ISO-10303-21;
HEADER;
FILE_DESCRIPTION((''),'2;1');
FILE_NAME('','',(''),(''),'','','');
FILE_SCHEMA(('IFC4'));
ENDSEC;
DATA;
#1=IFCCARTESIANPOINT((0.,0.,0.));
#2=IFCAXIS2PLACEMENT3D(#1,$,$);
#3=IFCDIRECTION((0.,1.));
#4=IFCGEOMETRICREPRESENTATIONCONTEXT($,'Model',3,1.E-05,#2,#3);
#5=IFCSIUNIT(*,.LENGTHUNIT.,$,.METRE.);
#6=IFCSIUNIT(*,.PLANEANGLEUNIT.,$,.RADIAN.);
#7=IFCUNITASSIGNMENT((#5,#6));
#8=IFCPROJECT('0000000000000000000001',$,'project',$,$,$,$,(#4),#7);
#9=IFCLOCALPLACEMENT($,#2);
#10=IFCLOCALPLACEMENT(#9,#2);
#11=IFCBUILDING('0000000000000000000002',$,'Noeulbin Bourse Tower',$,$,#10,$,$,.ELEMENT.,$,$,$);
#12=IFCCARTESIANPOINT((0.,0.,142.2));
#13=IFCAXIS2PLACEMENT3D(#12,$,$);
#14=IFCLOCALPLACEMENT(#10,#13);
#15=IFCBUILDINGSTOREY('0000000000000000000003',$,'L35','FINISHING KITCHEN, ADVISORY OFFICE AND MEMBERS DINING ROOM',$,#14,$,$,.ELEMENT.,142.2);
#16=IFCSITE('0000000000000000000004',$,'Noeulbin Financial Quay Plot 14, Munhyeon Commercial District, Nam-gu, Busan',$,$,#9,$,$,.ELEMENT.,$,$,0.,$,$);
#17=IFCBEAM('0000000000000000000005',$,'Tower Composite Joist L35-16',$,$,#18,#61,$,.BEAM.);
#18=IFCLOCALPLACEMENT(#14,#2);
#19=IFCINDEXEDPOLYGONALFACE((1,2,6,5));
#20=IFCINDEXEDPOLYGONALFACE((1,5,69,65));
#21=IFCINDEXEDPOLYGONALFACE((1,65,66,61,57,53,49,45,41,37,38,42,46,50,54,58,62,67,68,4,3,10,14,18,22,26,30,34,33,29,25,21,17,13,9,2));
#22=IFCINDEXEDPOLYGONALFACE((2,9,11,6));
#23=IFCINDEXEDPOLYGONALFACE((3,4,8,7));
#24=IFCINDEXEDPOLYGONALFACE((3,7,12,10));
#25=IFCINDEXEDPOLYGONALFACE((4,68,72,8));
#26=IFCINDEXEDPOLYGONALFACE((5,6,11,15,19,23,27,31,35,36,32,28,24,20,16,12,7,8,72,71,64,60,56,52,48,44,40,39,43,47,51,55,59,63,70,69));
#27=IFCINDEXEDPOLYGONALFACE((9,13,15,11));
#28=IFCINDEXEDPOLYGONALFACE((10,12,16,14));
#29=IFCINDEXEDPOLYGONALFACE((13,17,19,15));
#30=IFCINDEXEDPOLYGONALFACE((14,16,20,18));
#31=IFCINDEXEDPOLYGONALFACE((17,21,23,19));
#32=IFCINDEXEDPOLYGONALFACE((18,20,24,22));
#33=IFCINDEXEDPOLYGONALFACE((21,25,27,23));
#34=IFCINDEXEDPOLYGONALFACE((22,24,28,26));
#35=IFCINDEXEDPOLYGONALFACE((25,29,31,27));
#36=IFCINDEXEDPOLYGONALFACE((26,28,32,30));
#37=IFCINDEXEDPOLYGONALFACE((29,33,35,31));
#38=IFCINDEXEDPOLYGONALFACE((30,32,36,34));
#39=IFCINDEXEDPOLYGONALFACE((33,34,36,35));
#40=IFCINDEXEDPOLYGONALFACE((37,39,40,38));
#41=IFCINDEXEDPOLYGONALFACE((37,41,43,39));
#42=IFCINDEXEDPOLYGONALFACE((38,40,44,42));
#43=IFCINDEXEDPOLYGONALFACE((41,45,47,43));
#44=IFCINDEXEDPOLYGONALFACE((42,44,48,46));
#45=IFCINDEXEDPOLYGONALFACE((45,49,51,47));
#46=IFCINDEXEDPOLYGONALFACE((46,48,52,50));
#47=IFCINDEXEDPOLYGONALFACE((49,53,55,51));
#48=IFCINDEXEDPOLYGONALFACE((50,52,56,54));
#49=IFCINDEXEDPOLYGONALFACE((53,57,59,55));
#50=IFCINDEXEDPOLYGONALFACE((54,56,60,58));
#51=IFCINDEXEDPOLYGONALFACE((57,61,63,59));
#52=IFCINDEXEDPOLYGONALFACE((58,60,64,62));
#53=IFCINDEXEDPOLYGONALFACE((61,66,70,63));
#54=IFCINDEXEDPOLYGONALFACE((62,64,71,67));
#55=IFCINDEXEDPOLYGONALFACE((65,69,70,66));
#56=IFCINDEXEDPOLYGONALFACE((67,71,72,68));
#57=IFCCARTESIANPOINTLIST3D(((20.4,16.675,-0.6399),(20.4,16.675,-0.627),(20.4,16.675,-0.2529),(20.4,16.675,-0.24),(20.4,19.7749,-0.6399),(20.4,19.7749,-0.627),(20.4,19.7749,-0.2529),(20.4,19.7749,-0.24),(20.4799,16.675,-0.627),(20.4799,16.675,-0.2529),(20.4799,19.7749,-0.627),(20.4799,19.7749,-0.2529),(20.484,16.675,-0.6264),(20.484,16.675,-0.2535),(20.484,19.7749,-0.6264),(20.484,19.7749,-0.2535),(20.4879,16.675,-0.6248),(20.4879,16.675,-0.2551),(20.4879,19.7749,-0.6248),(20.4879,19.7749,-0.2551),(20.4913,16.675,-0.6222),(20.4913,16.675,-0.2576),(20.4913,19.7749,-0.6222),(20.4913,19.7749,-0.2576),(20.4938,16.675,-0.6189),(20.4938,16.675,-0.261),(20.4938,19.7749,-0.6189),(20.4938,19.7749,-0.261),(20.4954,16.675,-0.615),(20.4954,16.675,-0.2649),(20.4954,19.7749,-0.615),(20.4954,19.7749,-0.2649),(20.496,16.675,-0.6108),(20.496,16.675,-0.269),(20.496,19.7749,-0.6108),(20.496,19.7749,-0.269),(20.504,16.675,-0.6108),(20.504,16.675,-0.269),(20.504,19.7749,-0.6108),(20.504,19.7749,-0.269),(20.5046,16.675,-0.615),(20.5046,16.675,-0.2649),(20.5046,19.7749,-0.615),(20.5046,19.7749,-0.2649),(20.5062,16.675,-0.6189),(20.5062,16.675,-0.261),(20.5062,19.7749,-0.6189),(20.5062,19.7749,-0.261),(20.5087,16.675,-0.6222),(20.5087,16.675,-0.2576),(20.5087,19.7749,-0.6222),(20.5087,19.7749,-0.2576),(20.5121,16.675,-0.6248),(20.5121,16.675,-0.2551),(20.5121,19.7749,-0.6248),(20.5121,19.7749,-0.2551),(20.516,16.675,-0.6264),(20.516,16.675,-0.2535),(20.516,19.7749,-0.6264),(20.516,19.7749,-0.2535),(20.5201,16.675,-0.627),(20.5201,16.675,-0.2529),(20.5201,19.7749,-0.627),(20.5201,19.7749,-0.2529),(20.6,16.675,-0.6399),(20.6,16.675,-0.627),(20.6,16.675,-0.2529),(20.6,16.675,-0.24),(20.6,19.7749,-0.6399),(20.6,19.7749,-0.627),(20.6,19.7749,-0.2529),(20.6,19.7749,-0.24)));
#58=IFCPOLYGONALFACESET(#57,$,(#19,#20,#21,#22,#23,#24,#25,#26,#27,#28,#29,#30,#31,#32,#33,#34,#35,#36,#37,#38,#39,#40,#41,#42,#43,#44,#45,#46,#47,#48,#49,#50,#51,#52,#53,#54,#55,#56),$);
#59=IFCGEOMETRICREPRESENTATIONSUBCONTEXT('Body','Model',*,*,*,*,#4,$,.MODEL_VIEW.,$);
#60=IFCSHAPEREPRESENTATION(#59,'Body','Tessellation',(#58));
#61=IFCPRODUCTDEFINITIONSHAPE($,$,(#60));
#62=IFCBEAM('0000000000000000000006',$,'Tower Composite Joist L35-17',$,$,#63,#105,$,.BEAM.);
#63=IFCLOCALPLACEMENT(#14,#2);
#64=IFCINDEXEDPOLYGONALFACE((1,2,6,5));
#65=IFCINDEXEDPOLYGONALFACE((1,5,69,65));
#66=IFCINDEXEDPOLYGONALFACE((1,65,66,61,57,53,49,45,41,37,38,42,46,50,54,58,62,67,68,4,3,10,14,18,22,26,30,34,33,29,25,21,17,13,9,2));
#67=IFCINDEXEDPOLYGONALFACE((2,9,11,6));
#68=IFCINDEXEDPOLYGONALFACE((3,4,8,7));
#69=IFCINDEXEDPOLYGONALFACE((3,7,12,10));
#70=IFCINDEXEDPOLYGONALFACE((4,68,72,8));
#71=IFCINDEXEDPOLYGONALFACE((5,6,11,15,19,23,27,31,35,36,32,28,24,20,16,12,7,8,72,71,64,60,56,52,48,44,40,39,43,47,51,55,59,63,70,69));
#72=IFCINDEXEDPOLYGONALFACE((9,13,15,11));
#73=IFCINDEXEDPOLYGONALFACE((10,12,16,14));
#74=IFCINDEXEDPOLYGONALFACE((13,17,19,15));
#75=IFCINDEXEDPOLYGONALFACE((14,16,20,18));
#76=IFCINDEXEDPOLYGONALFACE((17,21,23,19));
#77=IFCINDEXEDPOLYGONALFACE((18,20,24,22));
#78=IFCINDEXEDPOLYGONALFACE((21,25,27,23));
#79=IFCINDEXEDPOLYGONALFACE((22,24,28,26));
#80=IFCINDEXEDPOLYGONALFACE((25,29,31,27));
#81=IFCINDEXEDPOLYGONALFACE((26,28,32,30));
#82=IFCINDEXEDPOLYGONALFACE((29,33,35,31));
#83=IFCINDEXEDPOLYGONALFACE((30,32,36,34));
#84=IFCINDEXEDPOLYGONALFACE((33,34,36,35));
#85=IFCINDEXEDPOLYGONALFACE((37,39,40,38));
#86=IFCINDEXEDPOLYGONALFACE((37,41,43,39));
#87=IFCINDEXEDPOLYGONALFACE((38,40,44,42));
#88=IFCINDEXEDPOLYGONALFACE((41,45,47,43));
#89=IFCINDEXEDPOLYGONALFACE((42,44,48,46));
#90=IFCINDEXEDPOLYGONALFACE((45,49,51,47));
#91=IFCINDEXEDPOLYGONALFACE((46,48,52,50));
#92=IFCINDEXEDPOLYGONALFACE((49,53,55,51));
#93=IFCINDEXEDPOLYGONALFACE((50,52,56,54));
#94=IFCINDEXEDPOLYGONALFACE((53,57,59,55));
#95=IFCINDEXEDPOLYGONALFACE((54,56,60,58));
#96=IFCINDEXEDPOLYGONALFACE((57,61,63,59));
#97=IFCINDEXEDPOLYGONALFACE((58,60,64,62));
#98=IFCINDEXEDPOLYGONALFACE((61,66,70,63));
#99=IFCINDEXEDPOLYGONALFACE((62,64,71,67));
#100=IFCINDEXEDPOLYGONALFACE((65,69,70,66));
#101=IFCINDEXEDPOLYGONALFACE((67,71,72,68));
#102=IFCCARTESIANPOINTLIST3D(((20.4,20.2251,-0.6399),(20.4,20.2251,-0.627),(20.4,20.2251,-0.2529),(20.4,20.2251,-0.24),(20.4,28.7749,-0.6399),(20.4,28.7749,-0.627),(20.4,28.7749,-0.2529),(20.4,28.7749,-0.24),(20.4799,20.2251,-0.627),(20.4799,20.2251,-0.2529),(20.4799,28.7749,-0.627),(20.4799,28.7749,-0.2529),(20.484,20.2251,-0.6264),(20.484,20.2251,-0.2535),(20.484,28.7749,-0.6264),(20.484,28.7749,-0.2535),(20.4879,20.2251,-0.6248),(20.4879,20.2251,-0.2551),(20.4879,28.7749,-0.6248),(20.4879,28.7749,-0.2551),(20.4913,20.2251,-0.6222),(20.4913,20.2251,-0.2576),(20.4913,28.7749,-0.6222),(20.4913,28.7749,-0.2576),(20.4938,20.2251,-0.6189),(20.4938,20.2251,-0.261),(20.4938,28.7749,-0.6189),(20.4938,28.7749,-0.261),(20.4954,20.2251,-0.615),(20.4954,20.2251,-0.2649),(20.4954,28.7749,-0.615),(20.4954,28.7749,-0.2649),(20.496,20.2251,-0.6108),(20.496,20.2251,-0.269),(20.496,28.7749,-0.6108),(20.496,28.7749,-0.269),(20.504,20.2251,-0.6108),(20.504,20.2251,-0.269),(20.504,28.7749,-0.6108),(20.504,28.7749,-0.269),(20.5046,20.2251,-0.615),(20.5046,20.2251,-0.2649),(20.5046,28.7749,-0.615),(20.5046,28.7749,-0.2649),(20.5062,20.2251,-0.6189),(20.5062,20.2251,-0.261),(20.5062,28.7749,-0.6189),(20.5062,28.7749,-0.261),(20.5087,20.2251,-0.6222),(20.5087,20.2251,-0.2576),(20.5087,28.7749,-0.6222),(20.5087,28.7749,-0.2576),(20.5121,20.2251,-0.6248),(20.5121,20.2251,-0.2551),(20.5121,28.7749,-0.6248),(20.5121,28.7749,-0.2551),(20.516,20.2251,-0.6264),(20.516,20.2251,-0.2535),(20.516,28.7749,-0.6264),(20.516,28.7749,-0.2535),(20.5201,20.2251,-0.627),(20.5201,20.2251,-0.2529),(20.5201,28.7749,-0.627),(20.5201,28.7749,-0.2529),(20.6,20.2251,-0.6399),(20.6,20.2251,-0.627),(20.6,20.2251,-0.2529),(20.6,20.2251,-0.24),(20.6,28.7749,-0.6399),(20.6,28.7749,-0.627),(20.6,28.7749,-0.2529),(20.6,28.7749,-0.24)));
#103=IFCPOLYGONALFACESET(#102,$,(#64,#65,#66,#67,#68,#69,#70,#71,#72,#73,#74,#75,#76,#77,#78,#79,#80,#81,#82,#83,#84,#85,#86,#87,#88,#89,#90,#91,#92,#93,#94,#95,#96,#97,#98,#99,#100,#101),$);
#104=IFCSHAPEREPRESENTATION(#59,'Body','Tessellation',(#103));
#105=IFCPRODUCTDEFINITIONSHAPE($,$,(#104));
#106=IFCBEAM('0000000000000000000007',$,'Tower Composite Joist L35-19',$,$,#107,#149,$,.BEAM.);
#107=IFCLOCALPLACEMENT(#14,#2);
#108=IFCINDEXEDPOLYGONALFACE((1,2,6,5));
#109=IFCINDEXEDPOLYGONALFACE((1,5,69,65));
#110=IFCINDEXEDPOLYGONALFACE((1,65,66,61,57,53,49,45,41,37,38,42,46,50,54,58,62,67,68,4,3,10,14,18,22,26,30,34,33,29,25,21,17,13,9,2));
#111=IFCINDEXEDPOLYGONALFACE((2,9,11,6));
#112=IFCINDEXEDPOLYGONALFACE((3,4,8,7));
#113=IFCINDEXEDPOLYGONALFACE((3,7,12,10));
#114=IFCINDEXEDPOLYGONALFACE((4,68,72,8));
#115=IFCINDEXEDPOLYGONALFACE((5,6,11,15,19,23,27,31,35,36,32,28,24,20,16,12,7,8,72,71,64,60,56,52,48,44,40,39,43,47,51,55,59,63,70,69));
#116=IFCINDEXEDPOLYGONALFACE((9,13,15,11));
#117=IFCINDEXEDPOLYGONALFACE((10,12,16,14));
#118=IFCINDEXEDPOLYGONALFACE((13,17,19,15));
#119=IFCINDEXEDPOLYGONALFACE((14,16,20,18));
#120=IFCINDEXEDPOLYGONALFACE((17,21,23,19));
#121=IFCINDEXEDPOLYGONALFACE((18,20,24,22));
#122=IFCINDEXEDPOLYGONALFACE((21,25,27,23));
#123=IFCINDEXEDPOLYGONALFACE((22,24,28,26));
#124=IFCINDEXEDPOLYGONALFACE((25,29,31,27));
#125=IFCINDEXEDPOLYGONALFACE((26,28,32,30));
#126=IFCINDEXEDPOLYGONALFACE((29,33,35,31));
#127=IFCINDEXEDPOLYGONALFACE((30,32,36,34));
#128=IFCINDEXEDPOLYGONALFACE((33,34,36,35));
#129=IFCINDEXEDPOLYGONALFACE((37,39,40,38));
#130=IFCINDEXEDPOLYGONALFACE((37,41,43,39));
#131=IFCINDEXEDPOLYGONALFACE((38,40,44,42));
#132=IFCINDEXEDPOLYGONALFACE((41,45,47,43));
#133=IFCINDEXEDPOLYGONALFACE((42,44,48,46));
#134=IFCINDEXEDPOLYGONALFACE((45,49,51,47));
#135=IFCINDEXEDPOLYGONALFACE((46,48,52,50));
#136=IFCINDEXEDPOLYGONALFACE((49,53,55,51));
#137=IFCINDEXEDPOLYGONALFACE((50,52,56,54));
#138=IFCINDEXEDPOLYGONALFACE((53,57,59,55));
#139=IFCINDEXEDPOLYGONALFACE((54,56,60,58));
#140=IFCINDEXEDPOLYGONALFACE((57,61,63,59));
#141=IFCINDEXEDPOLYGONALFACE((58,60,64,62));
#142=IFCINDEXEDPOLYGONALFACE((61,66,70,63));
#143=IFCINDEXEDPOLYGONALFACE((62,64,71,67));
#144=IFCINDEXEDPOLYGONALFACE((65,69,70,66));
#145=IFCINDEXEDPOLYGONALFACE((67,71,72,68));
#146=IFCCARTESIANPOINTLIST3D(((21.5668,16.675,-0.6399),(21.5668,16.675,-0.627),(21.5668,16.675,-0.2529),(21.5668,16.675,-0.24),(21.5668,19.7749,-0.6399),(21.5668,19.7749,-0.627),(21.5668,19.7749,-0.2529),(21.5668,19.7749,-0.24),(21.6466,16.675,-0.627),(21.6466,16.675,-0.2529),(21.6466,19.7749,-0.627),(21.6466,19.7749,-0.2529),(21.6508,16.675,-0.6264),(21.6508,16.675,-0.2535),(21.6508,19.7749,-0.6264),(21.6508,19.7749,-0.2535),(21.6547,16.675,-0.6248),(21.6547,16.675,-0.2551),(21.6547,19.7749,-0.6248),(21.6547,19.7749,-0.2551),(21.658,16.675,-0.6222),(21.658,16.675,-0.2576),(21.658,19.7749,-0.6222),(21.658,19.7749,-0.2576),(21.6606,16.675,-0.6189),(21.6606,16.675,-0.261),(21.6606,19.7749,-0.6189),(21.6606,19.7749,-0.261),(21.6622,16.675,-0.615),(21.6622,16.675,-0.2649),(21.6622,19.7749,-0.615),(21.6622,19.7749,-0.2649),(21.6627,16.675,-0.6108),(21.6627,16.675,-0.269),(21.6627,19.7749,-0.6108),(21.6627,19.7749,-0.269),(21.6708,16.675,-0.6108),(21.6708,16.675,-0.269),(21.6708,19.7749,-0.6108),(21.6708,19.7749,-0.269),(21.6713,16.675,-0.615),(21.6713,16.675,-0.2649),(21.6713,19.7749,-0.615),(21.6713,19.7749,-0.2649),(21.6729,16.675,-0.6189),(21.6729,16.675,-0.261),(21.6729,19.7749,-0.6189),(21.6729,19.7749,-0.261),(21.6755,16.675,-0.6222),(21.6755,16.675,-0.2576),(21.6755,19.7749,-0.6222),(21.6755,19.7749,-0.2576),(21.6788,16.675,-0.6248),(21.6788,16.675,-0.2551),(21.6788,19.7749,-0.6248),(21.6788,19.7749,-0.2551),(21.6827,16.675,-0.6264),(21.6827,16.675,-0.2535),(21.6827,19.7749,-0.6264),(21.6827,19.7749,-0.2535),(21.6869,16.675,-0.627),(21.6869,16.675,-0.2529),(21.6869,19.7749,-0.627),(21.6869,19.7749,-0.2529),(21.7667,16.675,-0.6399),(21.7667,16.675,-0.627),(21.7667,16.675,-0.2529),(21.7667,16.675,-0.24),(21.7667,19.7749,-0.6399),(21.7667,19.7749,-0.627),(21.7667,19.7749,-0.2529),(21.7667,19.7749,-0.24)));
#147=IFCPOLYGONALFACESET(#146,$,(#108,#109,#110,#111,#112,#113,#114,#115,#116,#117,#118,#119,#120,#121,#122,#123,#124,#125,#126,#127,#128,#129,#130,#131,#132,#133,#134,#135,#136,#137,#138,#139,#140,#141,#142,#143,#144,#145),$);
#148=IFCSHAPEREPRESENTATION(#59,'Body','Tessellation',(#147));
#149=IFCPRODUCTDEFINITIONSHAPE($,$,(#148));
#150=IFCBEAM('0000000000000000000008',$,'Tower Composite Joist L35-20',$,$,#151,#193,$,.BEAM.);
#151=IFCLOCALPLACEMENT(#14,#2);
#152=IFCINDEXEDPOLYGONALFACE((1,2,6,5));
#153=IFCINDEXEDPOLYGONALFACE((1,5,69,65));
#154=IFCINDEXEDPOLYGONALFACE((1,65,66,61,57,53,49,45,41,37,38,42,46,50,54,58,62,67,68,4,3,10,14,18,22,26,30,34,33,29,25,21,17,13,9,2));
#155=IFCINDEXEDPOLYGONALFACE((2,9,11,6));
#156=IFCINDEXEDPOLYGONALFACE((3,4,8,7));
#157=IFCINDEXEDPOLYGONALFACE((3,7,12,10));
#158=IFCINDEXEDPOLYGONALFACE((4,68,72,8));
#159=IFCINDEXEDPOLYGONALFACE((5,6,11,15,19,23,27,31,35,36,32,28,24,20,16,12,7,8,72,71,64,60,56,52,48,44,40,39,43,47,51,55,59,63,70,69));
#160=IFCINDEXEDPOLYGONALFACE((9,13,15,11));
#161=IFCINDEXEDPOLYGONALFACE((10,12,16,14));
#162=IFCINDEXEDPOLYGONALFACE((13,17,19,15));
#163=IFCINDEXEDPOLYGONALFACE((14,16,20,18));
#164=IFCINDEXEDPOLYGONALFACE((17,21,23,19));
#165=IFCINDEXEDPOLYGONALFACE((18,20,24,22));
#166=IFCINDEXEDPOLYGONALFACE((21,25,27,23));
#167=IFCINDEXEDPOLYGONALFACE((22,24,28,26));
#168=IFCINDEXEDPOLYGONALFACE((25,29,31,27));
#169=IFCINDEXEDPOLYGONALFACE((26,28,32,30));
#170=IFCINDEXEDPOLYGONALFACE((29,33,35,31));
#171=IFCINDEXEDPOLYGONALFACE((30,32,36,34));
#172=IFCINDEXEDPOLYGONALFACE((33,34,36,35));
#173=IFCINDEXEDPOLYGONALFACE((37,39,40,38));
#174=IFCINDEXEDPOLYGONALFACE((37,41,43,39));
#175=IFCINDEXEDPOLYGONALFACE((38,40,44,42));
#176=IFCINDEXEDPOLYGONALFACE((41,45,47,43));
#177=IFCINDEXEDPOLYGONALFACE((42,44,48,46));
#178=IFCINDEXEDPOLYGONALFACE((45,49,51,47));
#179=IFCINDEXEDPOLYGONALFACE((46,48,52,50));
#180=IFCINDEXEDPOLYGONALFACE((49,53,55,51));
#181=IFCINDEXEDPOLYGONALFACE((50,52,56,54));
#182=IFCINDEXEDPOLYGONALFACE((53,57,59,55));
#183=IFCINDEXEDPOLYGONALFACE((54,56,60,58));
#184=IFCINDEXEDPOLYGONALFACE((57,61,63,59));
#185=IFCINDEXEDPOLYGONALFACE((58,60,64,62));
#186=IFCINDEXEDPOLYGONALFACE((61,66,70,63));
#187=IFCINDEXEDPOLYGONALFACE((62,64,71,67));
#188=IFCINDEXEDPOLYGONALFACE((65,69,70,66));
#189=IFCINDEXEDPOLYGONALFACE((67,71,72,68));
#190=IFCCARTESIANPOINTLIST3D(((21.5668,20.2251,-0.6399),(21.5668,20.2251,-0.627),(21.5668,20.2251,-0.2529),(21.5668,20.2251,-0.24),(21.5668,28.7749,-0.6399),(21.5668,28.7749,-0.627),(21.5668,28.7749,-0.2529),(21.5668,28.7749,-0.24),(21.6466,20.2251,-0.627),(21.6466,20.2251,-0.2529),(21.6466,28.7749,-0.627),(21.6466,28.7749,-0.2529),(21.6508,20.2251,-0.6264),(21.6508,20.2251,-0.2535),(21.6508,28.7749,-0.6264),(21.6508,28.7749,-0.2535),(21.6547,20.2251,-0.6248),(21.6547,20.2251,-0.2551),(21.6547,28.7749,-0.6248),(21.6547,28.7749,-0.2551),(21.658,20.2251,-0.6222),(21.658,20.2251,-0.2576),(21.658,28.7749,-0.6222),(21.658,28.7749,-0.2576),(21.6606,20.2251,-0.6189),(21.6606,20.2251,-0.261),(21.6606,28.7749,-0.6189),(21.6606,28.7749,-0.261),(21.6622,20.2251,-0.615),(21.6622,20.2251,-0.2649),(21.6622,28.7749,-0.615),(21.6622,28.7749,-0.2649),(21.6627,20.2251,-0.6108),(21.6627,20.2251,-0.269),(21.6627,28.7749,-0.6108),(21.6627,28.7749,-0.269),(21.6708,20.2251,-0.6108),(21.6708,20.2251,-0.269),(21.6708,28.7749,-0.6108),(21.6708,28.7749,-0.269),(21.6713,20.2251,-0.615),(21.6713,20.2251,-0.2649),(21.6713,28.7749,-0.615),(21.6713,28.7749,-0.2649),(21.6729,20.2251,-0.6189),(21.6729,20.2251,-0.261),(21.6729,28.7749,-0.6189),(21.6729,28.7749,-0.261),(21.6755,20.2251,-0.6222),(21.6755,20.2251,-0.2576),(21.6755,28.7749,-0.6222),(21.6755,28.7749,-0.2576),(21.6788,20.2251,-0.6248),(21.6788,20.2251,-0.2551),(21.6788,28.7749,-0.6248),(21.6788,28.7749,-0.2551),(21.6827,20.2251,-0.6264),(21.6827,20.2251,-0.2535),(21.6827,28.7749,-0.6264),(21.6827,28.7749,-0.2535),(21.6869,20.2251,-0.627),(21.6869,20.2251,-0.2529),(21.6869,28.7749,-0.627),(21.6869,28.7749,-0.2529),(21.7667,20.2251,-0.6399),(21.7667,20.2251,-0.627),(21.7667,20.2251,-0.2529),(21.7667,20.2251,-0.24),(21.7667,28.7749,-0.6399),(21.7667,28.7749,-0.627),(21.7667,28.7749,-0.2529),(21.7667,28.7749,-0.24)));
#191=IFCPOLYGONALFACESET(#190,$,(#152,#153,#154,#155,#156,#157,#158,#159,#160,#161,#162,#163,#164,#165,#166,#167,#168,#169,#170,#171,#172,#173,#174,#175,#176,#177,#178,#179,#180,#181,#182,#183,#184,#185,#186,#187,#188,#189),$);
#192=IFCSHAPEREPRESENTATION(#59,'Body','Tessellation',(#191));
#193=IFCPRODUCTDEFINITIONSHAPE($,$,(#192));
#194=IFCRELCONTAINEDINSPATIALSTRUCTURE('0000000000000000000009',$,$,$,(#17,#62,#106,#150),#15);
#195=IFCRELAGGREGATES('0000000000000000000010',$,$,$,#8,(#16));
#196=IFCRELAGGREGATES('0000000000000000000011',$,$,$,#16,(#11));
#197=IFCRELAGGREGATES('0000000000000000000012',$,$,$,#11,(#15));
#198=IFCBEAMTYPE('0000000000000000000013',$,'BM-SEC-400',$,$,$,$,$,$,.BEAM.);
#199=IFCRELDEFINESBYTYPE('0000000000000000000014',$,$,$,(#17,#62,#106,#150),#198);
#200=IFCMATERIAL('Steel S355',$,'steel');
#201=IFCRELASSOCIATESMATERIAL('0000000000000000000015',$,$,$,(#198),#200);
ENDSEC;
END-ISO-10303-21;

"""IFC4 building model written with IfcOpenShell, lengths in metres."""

from ifc_helpers import new_model, si_unit, direction, frame, origin, origin_2d, place, context, subcontext, project, spatial, i_section, extrude, material, material_profile, profile_set, type_object, element, save


model = new_model("IFC4")

# Units and contexts
model_context = context("Model", 3, precision=1e-05, world=origin(), true_north=direction((0.0, 1.0)))
body_context = subcontext(model_context, "Body", "Model", "MODEL_VIEW")
ifc_project = project(units=[si_unit("LENGTHUNIT", "METRE"), si_unit("PLANEANGLEUNIT", "RADIAN")], contexts=[model_context])

# Site, building, storey
site_placement = place(None, origin())
site = spatial("IfcSite", under=ifc_project, at=site_placement, Name="Noeulbin Financial Quay Plot 14, Munhyeon Commercial District, Nam-gu, Busan", CompositionType="ELEMENT", RefElevation=0.0)
building_placement = place(site_placement, origin())
building = spatial("IfcBuilding", under=site, at=building_placement, Name="Noeulbin Bourse Tower", CompositionType="ELEMENT")
storey_placement = place(building_placement, frame((0.0, 0.0, 142.2)))
storey = spatial("IfcBuildingStorey", under=building, at=storey_placement, Name="L35", Description="FINISHING KITCHEN, ADVISORY OFFICE AND MEMBERS DINING ROOM", CompositionType="ELEMENT", Elevation=142.2)

# Shared definitions
ifc_material_1 = material(Name="Steel S355", Category="steel")

# Beams
ifc_material_profile_1 = material_profile(ifc_material_1, i_section(OverallWidth=0.2, OverallDepth=0.3999, WebThickness=0.0081, FlangeThickness=0.0129, FilletRadius=0.0161, at=origin_2d()), Name="H-400x200x8x13", Category="LoadBearing")
ifc_profile_set_1 = profile_set([ifc_material_profile_1], Name="Steel S355")
beam_type_1 = type_object("IfcBeamType", Name="BM-SEC-400", PredefinedType="BEAM", material=ifc_profile_set_1)
beam_1_placement = place(storey_placement, frame((20.5, 16.675, -0.4399), z_axis=(0.0, 1.0, 0.0), x_axis=(-1.0, 0.0, 0.0)))
element("IfcBeam", 1, at=beam_1_placement, inside=storey, type_object=beam_type_1, Name="Tower Composite Joist L35-16", PredefinedType="BEAM", context=body_context, shape_type="SweptSolid", body=[
    extrude(i_section(OverallWidth=0.2, OverallDepth=0.3999, WebThickness=0.0081, FlangeThickness=0.0129, FilletRadius=0.0161, at=origin_2d()), origin(), (0.0, 0.0, 1.0), 3.0999),
])
beam_2_placement = place(storey_placement, frame((20.5, 20.2251, -0.4399), z_axis=(0.0, 1.0, 0.0), x_axis=(-1.0, 0.0, 0.0)))
element("IfcBeam", 2, at=beam_2_placement, inside=storey, type_object=beam_type_1, Name="Tower Composite Joist L35-17", PredefinedType="BEAM", context=body_context, shape_type="SweptSolid", body=[
    extrude(i_section(OverallWidth=0.2, OverallDepth=0.3999, WebThickness=0.0081, FlangeThickness=0.0129, FilletRadius=0.0161, at=origin_2d()), origin(), (0.0, 0.0, 1.0), 8.5498),
])
beam_3_placement = place(storey_placement, frame((21.6667, 16.675, -0.4399), z_axis=(0.0, 1.0, 0.0), x_axis=(-1.0, 0.0, 0.0)))
element("IfcBeam", 3, at=beam_3_placement, inside=storey, type_object=beam_type_1, Name="Tower Composite Joist L35-19", PredefinedType="BEAM", context=body_context, shape_type="SweptSolid", body=[
    extrude(i_section(OverallWidth=0.2, OverallDepth=0.3999, WebThickness=0.0081, FlangeThickness=0.0129, FilletRadius=0.0161, at=origin_2d()), origin(), (0.0, 0.0, 1.0), 3.0999),
])
beam_4_placement = place(storey_placement, frame((21.6667, 20.2251, -0.4399), z_axis=(0.0, 1.0, 0.0), x_axis=(-1.0, 0.0, 0.0)))
element("IfcBeam", 4, at=beam_4_placement, inside=storey, type_object=beam_type_1, Name="Tower Composite Joist L35-20", PredefinedType="BEAM", context=body_context, shape_type="SweptSolid", body=[
    extrude(i_section(OverallWidth=0.2, OverallDepth=0.3999, WebThickness=0.0081, FlangeThickness=0.0129, FilletRadius=0.0161, at=origin_2d()), origin(), (0.0, 0.0, 1.0), 8.5498),
])

save(model, "model.ifc")
